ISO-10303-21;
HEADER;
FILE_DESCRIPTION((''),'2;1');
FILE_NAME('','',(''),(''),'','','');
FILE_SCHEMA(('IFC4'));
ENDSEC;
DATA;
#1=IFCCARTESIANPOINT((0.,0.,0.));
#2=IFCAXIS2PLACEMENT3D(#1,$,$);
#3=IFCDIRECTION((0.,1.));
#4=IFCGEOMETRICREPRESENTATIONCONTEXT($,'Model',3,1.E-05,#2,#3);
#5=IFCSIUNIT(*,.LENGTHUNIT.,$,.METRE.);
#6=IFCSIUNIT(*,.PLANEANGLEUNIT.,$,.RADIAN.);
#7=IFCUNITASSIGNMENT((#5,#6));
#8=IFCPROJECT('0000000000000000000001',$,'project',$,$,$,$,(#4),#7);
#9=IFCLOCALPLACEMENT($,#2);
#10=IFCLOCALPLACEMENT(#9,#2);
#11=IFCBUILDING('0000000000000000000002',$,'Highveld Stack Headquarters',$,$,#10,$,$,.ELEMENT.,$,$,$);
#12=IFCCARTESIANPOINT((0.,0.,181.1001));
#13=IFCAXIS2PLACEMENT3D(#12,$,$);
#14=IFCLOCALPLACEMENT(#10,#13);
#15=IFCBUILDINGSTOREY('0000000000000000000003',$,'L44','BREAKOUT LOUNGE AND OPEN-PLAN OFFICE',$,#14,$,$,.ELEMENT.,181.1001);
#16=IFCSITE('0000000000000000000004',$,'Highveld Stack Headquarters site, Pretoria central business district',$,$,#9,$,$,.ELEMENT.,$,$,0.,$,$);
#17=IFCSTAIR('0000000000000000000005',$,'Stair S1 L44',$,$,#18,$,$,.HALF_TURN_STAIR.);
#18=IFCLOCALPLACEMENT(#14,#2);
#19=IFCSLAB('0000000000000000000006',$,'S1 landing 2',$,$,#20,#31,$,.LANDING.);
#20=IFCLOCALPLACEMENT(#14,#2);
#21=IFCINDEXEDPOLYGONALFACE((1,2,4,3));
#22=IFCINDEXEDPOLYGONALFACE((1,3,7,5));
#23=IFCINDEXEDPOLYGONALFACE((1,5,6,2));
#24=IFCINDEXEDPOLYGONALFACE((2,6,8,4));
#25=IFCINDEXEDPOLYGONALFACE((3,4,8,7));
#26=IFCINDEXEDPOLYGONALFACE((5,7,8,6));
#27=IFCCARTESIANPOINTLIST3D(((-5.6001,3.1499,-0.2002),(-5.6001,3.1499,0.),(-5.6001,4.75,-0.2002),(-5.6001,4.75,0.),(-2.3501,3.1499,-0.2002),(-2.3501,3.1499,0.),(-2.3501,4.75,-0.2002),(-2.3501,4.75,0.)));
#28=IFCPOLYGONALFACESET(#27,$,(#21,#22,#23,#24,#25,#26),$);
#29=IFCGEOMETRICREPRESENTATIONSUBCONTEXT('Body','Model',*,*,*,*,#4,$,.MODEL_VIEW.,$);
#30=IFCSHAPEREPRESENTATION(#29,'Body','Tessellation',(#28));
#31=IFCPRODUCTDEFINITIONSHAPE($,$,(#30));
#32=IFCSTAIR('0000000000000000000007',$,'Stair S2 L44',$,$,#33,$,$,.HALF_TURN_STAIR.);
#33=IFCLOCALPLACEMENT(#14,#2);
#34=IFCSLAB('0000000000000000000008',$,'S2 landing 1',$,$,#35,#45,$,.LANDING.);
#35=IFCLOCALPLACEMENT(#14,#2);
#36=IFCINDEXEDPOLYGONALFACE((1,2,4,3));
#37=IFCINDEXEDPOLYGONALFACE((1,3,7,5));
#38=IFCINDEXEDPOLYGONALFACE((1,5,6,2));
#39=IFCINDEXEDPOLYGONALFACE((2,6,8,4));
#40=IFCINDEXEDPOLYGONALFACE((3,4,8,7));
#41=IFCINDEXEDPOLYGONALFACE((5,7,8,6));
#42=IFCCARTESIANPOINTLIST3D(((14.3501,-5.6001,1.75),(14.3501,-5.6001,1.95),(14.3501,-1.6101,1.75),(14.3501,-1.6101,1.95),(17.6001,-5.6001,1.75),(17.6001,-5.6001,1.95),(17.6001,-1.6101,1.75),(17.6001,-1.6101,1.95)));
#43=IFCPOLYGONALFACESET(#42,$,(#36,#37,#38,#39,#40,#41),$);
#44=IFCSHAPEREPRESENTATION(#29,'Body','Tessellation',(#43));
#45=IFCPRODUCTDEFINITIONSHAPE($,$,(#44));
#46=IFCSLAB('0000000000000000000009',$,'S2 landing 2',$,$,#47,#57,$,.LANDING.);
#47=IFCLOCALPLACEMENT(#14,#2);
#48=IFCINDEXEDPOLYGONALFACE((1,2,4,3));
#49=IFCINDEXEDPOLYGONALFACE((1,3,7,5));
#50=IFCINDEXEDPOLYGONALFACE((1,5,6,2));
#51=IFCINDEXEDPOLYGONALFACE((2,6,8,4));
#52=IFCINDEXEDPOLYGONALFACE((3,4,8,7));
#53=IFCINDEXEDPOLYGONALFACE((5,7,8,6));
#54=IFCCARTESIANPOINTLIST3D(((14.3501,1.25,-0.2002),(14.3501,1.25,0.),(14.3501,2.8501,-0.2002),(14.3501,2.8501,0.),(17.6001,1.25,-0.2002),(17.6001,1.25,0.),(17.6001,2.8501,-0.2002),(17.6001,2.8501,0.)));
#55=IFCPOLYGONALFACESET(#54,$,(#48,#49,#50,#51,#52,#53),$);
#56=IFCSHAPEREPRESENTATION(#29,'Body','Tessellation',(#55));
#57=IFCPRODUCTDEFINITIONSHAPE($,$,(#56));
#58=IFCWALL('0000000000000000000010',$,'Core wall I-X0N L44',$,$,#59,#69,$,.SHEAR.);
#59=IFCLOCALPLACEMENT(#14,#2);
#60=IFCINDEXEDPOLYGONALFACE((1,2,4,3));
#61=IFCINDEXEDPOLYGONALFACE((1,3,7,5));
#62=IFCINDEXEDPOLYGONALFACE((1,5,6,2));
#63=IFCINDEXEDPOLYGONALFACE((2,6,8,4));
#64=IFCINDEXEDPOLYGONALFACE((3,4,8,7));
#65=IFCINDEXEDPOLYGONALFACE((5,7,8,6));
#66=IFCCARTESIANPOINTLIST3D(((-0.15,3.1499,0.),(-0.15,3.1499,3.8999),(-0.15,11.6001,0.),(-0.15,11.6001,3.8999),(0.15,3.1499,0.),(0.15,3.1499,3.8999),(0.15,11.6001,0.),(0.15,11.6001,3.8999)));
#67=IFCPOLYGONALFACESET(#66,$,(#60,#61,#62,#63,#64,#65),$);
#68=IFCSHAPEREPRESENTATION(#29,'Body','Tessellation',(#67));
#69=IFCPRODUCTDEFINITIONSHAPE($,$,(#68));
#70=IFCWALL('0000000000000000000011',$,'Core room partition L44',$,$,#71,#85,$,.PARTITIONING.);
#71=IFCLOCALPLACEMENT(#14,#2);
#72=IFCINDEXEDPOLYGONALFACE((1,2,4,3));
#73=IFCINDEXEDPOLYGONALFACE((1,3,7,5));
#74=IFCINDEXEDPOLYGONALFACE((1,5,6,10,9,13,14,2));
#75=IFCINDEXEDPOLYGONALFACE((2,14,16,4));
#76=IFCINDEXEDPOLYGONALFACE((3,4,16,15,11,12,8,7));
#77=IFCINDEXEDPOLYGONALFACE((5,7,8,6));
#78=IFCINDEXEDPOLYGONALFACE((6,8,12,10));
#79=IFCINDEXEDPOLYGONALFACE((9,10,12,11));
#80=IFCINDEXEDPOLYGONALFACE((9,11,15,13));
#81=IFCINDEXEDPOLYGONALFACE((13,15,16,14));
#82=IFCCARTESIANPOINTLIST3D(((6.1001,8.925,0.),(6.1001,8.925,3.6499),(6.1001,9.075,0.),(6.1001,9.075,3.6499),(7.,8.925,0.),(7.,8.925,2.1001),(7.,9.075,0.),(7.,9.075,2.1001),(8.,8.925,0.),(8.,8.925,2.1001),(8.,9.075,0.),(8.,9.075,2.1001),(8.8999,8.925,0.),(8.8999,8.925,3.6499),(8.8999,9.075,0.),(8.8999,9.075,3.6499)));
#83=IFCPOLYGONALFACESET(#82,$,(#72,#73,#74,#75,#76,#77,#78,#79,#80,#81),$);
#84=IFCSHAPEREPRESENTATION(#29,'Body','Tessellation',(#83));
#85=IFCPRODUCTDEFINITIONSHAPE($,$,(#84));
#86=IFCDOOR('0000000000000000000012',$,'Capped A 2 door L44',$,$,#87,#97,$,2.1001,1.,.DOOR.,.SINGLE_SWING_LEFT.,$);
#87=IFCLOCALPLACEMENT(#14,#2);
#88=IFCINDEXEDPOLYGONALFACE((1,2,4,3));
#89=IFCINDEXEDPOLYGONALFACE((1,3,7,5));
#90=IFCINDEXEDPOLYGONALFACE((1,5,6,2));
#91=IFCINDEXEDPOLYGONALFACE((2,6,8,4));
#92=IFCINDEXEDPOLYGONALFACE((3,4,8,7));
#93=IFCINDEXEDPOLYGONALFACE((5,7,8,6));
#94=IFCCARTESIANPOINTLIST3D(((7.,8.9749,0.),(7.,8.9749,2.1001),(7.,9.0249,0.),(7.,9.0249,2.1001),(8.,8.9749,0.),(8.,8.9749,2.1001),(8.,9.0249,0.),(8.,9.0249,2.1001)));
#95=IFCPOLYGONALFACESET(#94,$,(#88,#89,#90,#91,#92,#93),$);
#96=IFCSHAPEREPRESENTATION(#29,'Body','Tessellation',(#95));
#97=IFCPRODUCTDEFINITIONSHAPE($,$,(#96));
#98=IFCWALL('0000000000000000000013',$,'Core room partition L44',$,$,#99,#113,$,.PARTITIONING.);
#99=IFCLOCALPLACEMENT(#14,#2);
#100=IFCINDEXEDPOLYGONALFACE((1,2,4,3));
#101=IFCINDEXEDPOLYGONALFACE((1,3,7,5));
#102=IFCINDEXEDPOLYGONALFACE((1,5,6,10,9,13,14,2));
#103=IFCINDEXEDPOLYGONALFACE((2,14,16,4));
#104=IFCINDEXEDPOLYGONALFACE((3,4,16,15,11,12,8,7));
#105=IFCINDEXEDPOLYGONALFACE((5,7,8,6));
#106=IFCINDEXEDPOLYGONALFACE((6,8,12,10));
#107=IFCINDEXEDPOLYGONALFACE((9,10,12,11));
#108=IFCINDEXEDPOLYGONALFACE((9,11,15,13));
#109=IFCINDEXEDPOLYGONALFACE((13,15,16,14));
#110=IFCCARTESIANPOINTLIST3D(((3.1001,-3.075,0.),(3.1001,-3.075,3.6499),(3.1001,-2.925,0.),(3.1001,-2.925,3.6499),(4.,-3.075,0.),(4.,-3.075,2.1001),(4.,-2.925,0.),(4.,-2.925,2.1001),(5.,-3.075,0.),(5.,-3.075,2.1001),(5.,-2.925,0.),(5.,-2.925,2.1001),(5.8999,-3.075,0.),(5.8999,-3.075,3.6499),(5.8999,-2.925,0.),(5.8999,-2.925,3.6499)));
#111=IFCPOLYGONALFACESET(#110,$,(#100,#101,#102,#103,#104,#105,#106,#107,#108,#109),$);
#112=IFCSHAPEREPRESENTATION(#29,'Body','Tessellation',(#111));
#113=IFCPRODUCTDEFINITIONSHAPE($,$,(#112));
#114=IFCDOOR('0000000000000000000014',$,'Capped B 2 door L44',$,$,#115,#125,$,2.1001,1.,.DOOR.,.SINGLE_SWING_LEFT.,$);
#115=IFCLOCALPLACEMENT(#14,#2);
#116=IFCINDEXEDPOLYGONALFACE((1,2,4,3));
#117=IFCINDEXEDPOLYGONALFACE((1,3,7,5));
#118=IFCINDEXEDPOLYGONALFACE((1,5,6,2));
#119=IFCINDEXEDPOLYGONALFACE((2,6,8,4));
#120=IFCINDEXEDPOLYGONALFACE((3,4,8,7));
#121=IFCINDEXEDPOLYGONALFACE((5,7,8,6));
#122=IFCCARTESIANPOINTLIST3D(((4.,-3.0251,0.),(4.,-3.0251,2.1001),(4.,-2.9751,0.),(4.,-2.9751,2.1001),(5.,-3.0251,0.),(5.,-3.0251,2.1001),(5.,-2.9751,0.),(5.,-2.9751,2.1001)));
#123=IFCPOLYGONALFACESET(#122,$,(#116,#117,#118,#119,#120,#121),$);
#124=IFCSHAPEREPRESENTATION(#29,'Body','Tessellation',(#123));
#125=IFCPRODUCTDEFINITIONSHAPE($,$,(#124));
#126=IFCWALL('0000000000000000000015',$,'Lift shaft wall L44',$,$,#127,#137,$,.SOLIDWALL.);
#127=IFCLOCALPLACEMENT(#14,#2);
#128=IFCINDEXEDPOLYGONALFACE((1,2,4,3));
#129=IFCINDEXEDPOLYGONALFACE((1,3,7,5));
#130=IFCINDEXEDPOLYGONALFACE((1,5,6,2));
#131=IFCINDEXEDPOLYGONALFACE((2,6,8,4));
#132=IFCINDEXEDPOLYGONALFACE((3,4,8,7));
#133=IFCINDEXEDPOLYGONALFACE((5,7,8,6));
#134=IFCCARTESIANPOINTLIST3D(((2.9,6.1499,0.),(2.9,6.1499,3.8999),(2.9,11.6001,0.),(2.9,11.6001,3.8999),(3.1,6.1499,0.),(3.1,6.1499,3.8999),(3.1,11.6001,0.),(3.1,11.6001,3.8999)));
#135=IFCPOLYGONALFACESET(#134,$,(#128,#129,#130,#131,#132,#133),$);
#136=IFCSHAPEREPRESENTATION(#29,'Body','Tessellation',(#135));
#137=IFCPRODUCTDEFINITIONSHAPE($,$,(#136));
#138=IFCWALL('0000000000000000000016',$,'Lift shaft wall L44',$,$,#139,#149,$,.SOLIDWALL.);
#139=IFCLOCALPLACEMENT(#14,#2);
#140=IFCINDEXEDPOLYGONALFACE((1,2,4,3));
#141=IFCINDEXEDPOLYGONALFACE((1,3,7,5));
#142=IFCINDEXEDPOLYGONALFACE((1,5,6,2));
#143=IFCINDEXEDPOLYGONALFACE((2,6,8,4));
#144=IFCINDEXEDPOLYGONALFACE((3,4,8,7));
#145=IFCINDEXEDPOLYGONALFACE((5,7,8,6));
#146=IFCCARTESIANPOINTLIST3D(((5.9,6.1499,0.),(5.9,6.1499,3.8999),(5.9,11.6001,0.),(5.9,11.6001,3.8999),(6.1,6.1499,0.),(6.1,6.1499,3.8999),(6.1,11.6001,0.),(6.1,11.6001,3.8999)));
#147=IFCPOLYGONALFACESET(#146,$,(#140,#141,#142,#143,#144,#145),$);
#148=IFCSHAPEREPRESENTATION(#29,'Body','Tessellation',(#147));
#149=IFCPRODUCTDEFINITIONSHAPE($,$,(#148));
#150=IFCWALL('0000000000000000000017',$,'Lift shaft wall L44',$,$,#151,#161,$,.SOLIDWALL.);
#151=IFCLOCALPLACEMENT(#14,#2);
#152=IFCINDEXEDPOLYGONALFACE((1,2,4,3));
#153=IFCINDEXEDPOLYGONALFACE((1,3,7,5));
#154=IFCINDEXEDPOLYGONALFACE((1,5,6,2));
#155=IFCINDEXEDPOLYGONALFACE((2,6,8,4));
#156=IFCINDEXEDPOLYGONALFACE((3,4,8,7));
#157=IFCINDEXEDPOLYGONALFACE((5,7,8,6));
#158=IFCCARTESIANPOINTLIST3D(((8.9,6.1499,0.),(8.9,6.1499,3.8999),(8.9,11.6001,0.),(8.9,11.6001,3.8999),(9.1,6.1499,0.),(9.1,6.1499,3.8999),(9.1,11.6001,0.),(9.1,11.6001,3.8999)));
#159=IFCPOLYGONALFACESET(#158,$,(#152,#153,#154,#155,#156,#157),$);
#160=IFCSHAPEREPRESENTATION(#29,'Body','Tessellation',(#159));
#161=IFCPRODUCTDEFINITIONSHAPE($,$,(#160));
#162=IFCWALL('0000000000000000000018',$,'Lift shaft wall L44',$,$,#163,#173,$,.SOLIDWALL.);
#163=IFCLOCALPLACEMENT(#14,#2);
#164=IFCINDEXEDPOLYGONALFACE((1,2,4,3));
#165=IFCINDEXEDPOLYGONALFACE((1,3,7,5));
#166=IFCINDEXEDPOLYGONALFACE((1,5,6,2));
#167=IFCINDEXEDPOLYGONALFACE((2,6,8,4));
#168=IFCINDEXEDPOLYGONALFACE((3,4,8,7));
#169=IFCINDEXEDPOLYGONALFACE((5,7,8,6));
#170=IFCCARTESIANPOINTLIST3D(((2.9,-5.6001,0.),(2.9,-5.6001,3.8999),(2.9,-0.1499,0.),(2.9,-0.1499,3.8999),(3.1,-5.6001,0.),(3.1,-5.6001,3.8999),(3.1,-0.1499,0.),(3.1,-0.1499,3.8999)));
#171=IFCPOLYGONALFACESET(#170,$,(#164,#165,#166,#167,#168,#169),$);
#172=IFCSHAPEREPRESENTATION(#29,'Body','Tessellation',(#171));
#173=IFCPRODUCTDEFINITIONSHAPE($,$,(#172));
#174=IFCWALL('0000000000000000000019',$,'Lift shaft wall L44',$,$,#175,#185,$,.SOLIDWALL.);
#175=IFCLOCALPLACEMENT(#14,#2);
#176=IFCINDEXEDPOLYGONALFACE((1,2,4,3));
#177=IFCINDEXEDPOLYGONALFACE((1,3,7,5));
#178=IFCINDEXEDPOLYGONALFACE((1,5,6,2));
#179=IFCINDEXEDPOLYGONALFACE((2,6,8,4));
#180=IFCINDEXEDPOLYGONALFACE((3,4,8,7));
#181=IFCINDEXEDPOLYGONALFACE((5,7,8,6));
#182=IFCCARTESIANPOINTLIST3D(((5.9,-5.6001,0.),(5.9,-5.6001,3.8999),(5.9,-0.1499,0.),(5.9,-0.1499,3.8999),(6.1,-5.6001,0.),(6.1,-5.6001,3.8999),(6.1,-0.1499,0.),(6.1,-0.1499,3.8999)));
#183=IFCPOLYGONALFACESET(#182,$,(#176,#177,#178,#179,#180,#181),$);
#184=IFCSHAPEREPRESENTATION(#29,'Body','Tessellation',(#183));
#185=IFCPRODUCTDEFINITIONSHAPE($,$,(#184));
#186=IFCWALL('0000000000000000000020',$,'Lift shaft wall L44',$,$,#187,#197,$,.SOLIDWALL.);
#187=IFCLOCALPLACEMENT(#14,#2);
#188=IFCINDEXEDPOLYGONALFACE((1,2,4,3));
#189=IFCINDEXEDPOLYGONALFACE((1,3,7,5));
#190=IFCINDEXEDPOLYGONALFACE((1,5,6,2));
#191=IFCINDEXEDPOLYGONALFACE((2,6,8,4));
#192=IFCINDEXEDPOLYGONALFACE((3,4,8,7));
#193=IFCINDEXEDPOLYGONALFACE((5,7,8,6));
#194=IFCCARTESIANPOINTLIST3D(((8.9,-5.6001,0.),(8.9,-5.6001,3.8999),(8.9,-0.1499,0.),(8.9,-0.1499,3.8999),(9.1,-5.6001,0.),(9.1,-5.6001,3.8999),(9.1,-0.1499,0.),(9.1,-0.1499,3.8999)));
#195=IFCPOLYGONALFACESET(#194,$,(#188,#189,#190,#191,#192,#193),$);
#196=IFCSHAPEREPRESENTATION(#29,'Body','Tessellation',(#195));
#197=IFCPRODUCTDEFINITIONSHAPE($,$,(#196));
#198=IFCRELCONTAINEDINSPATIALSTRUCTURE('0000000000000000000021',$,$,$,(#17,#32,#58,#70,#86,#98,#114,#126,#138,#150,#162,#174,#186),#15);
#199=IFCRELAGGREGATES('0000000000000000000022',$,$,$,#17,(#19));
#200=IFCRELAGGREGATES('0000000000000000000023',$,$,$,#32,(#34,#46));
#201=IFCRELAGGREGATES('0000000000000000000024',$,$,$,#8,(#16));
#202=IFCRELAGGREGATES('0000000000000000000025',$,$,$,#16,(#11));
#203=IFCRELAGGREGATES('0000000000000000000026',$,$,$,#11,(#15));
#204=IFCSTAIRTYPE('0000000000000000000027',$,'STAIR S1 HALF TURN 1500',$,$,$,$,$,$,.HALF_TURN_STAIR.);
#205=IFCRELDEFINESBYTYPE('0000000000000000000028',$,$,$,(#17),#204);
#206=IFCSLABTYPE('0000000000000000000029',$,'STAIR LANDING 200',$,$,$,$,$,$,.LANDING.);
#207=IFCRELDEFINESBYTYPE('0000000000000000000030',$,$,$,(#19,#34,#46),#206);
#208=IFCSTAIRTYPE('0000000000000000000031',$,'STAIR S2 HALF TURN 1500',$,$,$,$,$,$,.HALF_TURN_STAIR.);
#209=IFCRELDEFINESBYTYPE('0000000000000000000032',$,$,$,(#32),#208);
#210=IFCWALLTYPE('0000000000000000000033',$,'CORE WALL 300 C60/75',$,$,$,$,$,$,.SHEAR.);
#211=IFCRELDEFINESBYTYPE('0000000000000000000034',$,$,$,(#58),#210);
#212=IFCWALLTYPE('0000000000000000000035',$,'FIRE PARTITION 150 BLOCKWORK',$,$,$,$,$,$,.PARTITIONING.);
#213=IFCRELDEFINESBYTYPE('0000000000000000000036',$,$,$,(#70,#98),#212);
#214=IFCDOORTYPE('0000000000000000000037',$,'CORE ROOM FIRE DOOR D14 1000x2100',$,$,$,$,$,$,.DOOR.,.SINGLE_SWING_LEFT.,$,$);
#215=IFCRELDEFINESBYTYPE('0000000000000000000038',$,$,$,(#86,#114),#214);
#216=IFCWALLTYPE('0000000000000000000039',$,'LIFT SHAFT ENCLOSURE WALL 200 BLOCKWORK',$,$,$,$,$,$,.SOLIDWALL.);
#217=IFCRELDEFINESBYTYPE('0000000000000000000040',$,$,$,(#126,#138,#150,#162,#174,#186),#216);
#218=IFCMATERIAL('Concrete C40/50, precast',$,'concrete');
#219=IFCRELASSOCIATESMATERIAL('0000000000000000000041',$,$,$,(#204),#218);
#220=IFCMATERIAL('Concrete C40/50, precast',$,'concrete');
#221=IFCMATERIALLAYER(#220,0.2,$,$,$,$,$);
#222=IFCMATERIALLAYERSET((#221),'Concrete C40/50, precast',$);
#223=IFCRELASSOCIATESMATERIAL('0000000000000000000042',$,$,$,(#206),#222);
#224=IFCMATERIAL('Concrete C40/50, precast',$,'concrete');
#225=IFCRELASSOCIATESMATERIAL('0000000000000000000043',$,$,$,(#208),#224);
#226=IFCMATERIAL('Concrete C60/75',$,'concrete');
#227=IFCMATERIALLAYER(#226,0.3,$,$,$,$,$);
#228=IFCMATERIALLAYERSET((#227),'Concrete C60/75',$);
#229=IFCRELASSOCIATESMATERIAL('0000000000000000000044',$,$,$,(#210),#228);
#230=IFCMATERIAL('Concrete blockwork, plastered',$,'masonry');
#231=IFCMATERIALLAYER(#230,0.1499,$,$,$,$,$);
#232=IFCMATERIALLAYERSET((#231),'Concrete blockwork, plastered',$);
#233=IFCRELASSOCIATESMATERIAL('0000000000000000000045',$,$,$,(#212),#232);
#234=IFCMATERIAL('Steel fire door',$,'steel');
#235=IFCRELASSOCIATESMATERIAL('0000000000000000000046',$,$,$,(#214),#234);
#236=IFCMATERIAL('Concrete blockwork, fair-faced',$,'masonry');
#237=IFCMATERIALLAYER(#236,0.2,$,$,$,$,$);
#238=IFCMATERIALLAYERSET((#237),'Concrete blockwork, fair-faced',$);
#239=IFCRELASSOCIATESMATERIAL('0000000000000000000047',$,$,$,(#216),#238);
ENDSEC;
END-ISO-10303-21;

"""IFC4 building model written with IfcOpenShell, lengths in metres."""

from ifc_helpers import new_model, si_unit, direction, frame, frame_2d, origin, place, context, subcontext, project, spatial, polyline, rectangle, outline, extrude, material, layer, layer_set, type_object, element, fill, aggregate, save


model = new_model("IFC4")

# Units and contexts
model_context = context("Model", 3, precision=1e-05, world=origin(), true_north=direction((0.0, 1.0)))
body_context = subcontext(model_context, "Body", "Model", "MODEL_VIEW")
ifc_project = project(units=[si_unit("LENGTHUNIT", "METRE"), si_unit("PLANEANGLEUNIT", "RADIAN")], contexts=[model_context])

# Site, building, storey
site_placement = place(None, origin())
site = spatial("IfcSite", under=ifc_project, at=site_placement, Name="Highveld Stack Headquarters site, Pretoria central business district", CompositionType="ELEMENT", RefElevation=0.0)
building_placement = place(site_placement, origin())
building = spatial("IfcBuilding", under=site, at=building_placement, Name="Highveld Stack Headquarters", CompositionType="ELEMENT")
storey_placement = place(building_placement, frame((0.0, 0.0, 181.1001)))
storey = spatial("IfcBuildingStorey", under=building, at=storey_placement, Name="L44", Description="BREAKOUT LOUNGE AND OPEN-PLAN OFFICE", CompositionType="ELEMENT", Elevation=181.1001)

# Stair, slab
ifc_material_1 = material(Name="Concrete C40/50, precast", Category="concrete")
stair_type_1 = type_object("IfcStairType", Name="STAIR S1 HALF TURN 1500", PredefinedType="HALF_TURN_STAIR", material=ifc_material_1)
stair_1_placement = place(storey_placement, origin())
stair_1 = element("IfcStair", 1, at=stair_1_placement, inside=storey, type_object=stair_type_1, Name="Stair S1 L44", PredefinedType="HALF_TURN_STAIR")
ifc_material_2 = material(Name="Concrete C40/50, precast", Category="concrete")
ifc_layer_1 = layer(ifc_material_2, 0.2)
ifc_layer_set_1 = layer_set([ifc_layer_1], Name="Concrete C40/50, precast")
slab_type = type_object("IfcSlabType", Name="STAIR LANDING 200", PredefinedType="LANDING", material=ifc_layer_set_1)
slab_1_placement = place(storey_placement, frame((0.0, 0.0, -0.2002)))
slab_1 = element("IfcSlab", 2, at=slab_1_placement, type_object=slab_type, Name="S1 landing 2", PredefinedType="LANDING", context=body_context, shape_type="SweptSolid", body=[
    extrude(outline(polyline([(-5.6001, 3.1499), (-2.3501, 3.1499), (-2.3501, 4.75), (-5.6001, 4.75), (-5.6001, 3.1499)])), origin(), (0.0, 0.0, 1.0), 0.2002),
])
aggregate(stair_1, [slab_1])

# Stair, slabs
ifc_material_3 = material(Name="Concrete C40/50, precast", Category="concrete")
stair_type_2 = type_object("IfcStairType", Name="STAIR S2 HALF TURN 1500", PredefinedType="HALF_TURN_STAIR", material=ifc_material_3)
stair_2_placement = place(storey_placement, origin())
stair_2 = element("IfcStair", 3, at=stair_2_placement, inside=storey, type_object=stair_type_2, Name="Stair S2 L44", PredefinedType="HALF_TURN_STAIR")
slab_2_placement = place(storey_placement, frame((0.0, 0.0, 1.75)))
slab_2 = element("IfcSlab", 4, at=slab_2_placement, type_object=slab_type, Name="S2 landing 1", PredefinedType="LANDING", context=body_context, shape_type="SweptSolid", body=[
    extrude(outline(polyline([(14.3501, -5.6001), (17.6001, -5.6001), (17.6001, -1.6101), (14.3501, -1.6101), (14.3501, -5.6001)])), origin(), (0.0, 0.0, 1.0), 0.2),
])
slab_3_placement = place(storey_placement, frame((0.0, 0.0, -0.2002)))
slab_3 = element("IfcSlab", 5, at=slab_3_placement, type_object=slab_type, Name="S2 landing 2", PredefinedType="LANDING", context=body_context, shape_type="SweptSolid", body=[
    extrude(outline(polyline([(14.3501, 1.25), (17.6001, 1.25), (17.6001, 2.8501), (14.3501, 2.8501), (14.3501, 1.25)])), origin(), (0.0, 0.0, 1.0), 0.2002),
])
aggregate(stair_2, [slab_2, slab_3])

# Wall
ifc_material_4 = material(Name="Concrete C60/75", Category="concrete")
ifc_layer_2 = layer(ifc_material_4, 0.3)
ifc_layer_set_2 = layer_set([ifc_layer_2], Name="Concrete C60/75")
wall_type_1 = type_object("IfcWallType", Name="CORE WALL 300 C60/75", PredefinedType="SHEAR", material=ifc_layer_set_2)
wall_1_placement = place(storey_placement, frame((0.0, 3.1499, 0.0), z_axis=(0.0, 0.0, 1.0), x_axis=(0.0, 1.0, 0.0)))
element("IfcWall", 6, at=wall_1_placement, inside=storey, type_object=wall_type_1, Name="Core wall I-X0N L44", PredefinedType="SHEAR", context=body_context, shape_type="SweptSolid", body=[
    extrude(rectangle(XDim=8.4502, YDim=0.3, at=frame_2d((4.2251, 0.0))), origin(), (0.0, 0.0, 1.0), 3.8999),
])

# Walls, openings, doors
ifc_material_5 = material(Name="Concrete blockwork, plastered", Category="masonry")
ifc_layer_3 = layer(ifc_material_5, 0.1499)
ifc_layer_set_3 = layer_set([ifc_layer_3], Name="Concrete blockwork, plastered")
wall_type_2 = type_object("IfcWallType", Name="FIRE PARTITION 150 BLOCKWORK", PredefinedType="PARTITIONING", material=ifc_layer_set_3)
wall_2_placement = place(storey_placement, frame((6.1001, 9.0, 0.0), z_axis=(0.0, 0.0, 1.0), x_axis=(1.0, 0.0, 0.0)))
wall_2 = element("IfcWall", 7, at=wall_2_placement, inside=storey, type_object=wall_type_2, Name="Core room partition L44", PredefinedType="PARTITIONING", context=body_context, shape_type="SweptSolid", body=[
    extrude(rectangle(XDim=2.7998, YDim=0.1499, at=frame_2d((1.3999, 0.0))), origin(), (0.0, 0.0, 1.0), 3.6499),
])
opening_1_placement = place(wall_2_placement, frame((0.8999, 0.0, 0.0)))
opening_1 = element("IfcOpeningElement", 8, at=opening_1_placement, cuts=wall_2, PredefinedType="OPENING", context=body_context, shape_type="SweptSolid", body=[
    extrude(rectangle(XDim=1.0, YDim=2.1001, at=frame_2d((0.5, 1.05))), frame((0.0, 0.085, 0.0), z_axis=(0.0, -1.0, 0.0), x_axis=(1.0, 0.0, 0.0)), (0.0, 0.0, 1.0), 0.1699),
])
ifc_material_6 = material(Name="Steel fire door", Category="steel")
door_type = type_object("IfcDoorType", Name="CORE ROOM FIRE DOOR D14 1000x2100", OperationType="SINGLE_SWING_LEFT", PredefinedType="DOOR", material=ifc_material_6)
door_1_placement = place(opening_1_placement, origin())
door_1 = element("IfcDoor", 9, at=door_1_placement, inside=storey, type_object=door_type, Name="Capped A 2 door L44", OperationType="SINGLE_SWING_LEFT", OverallHeight=2.1001, OverallWidth=1.0, PredefinedType="DOOR", context=body_context, shape_type="SweptSolid", body=[
    extrude(rectangle(XDim=1.0, YDim=2.1001, at=frame_2d((0.5, 1.05))), frame((0.0, 0.0249, 0.0), z_axis=(0.0, -1.0, 0.0), x_axis=(1.0, 0.0, 0.0)), (0.0, 0.0, 1.0), 0.05),
])
fill(opening_1, door_1)
wall_3_placement = place(storey_placement, frame((3.1001, -3.0, 0.0), z_axis=(0.0, 0.0, 1.0), x_axis=(1.0, 0.0, 0.0)))
wall_3 = element("IfcWall", 10, at=wall_3_placement, inside=storey, type_object=wall_type_2, Name="Core room partition L44", PredefinedType="PARTITIONING", context=body_context, shape_type="SweptSolid", body=[
    extrude(rectangle(XDim=2.7998, YDim=0.1499, at=frame_2d((1.3999, 0.0))), origin(), (0.0, 0.0, 1.0), 3.6499),
])
opening_2_placement = place(wall_3_placement, frame((0.8999, 0.0, 0.0)))
opening_2 = element("IfcOpeningElement", 11, at=opening_2_placement, cuts=wall_3, PredefinedType="OPENING", context=body_context, shape_type="SweptSolid", body=[
    extrude(rectangle(XDim=1.0, YDim=2.1001, at=frame_2d((0.5, 1.05))), frame((0.0, 0.085, 0.0), z_axis=(0.0, -1.0, 0.0), x_axis=(1.0, 0.0, 0.0)), (0.0, 0.0, 1.0), 0.1699),
])
door_2_placement = place(opening_2_placement, origin())
door_2 = element("IfcDoor", 12, at=door_2_placement, inside=storey, type_object=door_type, Name="Capped B 2 door L44", OperationType="SINGLE_SWING_LEFT", OverallHeight=2.1001, OverallWidth=1.0, PredefinedType="DOOR", context=body_context, shape_type="SweptSolid", body=[
    extrude(rectangle(XDim=1.0, YDim=2.1001, at=frame_2d((0.5, 1.05))), frame((0.0, 0.0249, 0.0), z_axis=(0.0, -1.0, 0.0), x_axis=(1.0, 0.0, 0.0)), (0.0, 0.0, 1.0), 0.05),
])
fill(opening_2, door_2)

# Walls
ifc_material_7 = material(Name="Concrete blockwork, fair-faced", Category="masonry")
ifc_layer_4 = layer(ifc_material_7, 0.2)
ifc_layer_set_4 = layer_set([ifc_layer_4], Name="Concrete blockwork, fair-faced")
wall_type_3 = type_object("IfcWallType", Name="LIFT SHAFT ENCLOSURE WALL 200 BLOCKWORK", PredefinedType="SOLIDWALL", material=ifc_layer_set_4)
for number, where, z_axis, x_axis, name in (
    (13, (3.0, 6.1499, 0.0), (0.0, 0.0, 1.0), (0.0, 1.0, 0.0), "Lift shaft wall L44"),
    (14, (6.0, 6.1499, 0.0), (0.0, 0.0, 1.0), (0.0, 1.0, 0.0), "Lift shaft wall L44"),
    (15, (9.0, 6.1499, 0.0), (0.0, 0.0, 1.0), (0.0, 1.0, 0.0), "Lift shaft wall L44"),
    (16, (3.0, -5.6001, 0.0), (0.0, 0.0, 1.0), (0.0, 1.0, 0.0), "Lift shaft wall L44"),
    (17, (6.0, -5.6001, 0.0), (0.0, 0.0, 1.0), (0.0, 1.0, 0.0), "Lift shaft wall L44"),
    (18, (9.0, -5.6001, 0.0), (0.0, 0.0, 1.0), (0.0, 1.0, 0.0), "Lift shaft wall L44"),
):
    element("IfcWall", number, at=place(storey_placement, frame(where, z_axis=z_axis, x_axis=x_axis)), inside=storey, type_object=wall_type_3, Name=name, PredefinedType="SOLIDWALL", context=body_context, shape_type="SweptSolid", body=[
        extrude(rectangle(XDim=5.4502, YDim=0.2, at=frame_2d((2.7251, 0.0))), origin(), (0.0, 0.0, 1.0), 3.8999),
    ])

save(model, "model.ifc")
